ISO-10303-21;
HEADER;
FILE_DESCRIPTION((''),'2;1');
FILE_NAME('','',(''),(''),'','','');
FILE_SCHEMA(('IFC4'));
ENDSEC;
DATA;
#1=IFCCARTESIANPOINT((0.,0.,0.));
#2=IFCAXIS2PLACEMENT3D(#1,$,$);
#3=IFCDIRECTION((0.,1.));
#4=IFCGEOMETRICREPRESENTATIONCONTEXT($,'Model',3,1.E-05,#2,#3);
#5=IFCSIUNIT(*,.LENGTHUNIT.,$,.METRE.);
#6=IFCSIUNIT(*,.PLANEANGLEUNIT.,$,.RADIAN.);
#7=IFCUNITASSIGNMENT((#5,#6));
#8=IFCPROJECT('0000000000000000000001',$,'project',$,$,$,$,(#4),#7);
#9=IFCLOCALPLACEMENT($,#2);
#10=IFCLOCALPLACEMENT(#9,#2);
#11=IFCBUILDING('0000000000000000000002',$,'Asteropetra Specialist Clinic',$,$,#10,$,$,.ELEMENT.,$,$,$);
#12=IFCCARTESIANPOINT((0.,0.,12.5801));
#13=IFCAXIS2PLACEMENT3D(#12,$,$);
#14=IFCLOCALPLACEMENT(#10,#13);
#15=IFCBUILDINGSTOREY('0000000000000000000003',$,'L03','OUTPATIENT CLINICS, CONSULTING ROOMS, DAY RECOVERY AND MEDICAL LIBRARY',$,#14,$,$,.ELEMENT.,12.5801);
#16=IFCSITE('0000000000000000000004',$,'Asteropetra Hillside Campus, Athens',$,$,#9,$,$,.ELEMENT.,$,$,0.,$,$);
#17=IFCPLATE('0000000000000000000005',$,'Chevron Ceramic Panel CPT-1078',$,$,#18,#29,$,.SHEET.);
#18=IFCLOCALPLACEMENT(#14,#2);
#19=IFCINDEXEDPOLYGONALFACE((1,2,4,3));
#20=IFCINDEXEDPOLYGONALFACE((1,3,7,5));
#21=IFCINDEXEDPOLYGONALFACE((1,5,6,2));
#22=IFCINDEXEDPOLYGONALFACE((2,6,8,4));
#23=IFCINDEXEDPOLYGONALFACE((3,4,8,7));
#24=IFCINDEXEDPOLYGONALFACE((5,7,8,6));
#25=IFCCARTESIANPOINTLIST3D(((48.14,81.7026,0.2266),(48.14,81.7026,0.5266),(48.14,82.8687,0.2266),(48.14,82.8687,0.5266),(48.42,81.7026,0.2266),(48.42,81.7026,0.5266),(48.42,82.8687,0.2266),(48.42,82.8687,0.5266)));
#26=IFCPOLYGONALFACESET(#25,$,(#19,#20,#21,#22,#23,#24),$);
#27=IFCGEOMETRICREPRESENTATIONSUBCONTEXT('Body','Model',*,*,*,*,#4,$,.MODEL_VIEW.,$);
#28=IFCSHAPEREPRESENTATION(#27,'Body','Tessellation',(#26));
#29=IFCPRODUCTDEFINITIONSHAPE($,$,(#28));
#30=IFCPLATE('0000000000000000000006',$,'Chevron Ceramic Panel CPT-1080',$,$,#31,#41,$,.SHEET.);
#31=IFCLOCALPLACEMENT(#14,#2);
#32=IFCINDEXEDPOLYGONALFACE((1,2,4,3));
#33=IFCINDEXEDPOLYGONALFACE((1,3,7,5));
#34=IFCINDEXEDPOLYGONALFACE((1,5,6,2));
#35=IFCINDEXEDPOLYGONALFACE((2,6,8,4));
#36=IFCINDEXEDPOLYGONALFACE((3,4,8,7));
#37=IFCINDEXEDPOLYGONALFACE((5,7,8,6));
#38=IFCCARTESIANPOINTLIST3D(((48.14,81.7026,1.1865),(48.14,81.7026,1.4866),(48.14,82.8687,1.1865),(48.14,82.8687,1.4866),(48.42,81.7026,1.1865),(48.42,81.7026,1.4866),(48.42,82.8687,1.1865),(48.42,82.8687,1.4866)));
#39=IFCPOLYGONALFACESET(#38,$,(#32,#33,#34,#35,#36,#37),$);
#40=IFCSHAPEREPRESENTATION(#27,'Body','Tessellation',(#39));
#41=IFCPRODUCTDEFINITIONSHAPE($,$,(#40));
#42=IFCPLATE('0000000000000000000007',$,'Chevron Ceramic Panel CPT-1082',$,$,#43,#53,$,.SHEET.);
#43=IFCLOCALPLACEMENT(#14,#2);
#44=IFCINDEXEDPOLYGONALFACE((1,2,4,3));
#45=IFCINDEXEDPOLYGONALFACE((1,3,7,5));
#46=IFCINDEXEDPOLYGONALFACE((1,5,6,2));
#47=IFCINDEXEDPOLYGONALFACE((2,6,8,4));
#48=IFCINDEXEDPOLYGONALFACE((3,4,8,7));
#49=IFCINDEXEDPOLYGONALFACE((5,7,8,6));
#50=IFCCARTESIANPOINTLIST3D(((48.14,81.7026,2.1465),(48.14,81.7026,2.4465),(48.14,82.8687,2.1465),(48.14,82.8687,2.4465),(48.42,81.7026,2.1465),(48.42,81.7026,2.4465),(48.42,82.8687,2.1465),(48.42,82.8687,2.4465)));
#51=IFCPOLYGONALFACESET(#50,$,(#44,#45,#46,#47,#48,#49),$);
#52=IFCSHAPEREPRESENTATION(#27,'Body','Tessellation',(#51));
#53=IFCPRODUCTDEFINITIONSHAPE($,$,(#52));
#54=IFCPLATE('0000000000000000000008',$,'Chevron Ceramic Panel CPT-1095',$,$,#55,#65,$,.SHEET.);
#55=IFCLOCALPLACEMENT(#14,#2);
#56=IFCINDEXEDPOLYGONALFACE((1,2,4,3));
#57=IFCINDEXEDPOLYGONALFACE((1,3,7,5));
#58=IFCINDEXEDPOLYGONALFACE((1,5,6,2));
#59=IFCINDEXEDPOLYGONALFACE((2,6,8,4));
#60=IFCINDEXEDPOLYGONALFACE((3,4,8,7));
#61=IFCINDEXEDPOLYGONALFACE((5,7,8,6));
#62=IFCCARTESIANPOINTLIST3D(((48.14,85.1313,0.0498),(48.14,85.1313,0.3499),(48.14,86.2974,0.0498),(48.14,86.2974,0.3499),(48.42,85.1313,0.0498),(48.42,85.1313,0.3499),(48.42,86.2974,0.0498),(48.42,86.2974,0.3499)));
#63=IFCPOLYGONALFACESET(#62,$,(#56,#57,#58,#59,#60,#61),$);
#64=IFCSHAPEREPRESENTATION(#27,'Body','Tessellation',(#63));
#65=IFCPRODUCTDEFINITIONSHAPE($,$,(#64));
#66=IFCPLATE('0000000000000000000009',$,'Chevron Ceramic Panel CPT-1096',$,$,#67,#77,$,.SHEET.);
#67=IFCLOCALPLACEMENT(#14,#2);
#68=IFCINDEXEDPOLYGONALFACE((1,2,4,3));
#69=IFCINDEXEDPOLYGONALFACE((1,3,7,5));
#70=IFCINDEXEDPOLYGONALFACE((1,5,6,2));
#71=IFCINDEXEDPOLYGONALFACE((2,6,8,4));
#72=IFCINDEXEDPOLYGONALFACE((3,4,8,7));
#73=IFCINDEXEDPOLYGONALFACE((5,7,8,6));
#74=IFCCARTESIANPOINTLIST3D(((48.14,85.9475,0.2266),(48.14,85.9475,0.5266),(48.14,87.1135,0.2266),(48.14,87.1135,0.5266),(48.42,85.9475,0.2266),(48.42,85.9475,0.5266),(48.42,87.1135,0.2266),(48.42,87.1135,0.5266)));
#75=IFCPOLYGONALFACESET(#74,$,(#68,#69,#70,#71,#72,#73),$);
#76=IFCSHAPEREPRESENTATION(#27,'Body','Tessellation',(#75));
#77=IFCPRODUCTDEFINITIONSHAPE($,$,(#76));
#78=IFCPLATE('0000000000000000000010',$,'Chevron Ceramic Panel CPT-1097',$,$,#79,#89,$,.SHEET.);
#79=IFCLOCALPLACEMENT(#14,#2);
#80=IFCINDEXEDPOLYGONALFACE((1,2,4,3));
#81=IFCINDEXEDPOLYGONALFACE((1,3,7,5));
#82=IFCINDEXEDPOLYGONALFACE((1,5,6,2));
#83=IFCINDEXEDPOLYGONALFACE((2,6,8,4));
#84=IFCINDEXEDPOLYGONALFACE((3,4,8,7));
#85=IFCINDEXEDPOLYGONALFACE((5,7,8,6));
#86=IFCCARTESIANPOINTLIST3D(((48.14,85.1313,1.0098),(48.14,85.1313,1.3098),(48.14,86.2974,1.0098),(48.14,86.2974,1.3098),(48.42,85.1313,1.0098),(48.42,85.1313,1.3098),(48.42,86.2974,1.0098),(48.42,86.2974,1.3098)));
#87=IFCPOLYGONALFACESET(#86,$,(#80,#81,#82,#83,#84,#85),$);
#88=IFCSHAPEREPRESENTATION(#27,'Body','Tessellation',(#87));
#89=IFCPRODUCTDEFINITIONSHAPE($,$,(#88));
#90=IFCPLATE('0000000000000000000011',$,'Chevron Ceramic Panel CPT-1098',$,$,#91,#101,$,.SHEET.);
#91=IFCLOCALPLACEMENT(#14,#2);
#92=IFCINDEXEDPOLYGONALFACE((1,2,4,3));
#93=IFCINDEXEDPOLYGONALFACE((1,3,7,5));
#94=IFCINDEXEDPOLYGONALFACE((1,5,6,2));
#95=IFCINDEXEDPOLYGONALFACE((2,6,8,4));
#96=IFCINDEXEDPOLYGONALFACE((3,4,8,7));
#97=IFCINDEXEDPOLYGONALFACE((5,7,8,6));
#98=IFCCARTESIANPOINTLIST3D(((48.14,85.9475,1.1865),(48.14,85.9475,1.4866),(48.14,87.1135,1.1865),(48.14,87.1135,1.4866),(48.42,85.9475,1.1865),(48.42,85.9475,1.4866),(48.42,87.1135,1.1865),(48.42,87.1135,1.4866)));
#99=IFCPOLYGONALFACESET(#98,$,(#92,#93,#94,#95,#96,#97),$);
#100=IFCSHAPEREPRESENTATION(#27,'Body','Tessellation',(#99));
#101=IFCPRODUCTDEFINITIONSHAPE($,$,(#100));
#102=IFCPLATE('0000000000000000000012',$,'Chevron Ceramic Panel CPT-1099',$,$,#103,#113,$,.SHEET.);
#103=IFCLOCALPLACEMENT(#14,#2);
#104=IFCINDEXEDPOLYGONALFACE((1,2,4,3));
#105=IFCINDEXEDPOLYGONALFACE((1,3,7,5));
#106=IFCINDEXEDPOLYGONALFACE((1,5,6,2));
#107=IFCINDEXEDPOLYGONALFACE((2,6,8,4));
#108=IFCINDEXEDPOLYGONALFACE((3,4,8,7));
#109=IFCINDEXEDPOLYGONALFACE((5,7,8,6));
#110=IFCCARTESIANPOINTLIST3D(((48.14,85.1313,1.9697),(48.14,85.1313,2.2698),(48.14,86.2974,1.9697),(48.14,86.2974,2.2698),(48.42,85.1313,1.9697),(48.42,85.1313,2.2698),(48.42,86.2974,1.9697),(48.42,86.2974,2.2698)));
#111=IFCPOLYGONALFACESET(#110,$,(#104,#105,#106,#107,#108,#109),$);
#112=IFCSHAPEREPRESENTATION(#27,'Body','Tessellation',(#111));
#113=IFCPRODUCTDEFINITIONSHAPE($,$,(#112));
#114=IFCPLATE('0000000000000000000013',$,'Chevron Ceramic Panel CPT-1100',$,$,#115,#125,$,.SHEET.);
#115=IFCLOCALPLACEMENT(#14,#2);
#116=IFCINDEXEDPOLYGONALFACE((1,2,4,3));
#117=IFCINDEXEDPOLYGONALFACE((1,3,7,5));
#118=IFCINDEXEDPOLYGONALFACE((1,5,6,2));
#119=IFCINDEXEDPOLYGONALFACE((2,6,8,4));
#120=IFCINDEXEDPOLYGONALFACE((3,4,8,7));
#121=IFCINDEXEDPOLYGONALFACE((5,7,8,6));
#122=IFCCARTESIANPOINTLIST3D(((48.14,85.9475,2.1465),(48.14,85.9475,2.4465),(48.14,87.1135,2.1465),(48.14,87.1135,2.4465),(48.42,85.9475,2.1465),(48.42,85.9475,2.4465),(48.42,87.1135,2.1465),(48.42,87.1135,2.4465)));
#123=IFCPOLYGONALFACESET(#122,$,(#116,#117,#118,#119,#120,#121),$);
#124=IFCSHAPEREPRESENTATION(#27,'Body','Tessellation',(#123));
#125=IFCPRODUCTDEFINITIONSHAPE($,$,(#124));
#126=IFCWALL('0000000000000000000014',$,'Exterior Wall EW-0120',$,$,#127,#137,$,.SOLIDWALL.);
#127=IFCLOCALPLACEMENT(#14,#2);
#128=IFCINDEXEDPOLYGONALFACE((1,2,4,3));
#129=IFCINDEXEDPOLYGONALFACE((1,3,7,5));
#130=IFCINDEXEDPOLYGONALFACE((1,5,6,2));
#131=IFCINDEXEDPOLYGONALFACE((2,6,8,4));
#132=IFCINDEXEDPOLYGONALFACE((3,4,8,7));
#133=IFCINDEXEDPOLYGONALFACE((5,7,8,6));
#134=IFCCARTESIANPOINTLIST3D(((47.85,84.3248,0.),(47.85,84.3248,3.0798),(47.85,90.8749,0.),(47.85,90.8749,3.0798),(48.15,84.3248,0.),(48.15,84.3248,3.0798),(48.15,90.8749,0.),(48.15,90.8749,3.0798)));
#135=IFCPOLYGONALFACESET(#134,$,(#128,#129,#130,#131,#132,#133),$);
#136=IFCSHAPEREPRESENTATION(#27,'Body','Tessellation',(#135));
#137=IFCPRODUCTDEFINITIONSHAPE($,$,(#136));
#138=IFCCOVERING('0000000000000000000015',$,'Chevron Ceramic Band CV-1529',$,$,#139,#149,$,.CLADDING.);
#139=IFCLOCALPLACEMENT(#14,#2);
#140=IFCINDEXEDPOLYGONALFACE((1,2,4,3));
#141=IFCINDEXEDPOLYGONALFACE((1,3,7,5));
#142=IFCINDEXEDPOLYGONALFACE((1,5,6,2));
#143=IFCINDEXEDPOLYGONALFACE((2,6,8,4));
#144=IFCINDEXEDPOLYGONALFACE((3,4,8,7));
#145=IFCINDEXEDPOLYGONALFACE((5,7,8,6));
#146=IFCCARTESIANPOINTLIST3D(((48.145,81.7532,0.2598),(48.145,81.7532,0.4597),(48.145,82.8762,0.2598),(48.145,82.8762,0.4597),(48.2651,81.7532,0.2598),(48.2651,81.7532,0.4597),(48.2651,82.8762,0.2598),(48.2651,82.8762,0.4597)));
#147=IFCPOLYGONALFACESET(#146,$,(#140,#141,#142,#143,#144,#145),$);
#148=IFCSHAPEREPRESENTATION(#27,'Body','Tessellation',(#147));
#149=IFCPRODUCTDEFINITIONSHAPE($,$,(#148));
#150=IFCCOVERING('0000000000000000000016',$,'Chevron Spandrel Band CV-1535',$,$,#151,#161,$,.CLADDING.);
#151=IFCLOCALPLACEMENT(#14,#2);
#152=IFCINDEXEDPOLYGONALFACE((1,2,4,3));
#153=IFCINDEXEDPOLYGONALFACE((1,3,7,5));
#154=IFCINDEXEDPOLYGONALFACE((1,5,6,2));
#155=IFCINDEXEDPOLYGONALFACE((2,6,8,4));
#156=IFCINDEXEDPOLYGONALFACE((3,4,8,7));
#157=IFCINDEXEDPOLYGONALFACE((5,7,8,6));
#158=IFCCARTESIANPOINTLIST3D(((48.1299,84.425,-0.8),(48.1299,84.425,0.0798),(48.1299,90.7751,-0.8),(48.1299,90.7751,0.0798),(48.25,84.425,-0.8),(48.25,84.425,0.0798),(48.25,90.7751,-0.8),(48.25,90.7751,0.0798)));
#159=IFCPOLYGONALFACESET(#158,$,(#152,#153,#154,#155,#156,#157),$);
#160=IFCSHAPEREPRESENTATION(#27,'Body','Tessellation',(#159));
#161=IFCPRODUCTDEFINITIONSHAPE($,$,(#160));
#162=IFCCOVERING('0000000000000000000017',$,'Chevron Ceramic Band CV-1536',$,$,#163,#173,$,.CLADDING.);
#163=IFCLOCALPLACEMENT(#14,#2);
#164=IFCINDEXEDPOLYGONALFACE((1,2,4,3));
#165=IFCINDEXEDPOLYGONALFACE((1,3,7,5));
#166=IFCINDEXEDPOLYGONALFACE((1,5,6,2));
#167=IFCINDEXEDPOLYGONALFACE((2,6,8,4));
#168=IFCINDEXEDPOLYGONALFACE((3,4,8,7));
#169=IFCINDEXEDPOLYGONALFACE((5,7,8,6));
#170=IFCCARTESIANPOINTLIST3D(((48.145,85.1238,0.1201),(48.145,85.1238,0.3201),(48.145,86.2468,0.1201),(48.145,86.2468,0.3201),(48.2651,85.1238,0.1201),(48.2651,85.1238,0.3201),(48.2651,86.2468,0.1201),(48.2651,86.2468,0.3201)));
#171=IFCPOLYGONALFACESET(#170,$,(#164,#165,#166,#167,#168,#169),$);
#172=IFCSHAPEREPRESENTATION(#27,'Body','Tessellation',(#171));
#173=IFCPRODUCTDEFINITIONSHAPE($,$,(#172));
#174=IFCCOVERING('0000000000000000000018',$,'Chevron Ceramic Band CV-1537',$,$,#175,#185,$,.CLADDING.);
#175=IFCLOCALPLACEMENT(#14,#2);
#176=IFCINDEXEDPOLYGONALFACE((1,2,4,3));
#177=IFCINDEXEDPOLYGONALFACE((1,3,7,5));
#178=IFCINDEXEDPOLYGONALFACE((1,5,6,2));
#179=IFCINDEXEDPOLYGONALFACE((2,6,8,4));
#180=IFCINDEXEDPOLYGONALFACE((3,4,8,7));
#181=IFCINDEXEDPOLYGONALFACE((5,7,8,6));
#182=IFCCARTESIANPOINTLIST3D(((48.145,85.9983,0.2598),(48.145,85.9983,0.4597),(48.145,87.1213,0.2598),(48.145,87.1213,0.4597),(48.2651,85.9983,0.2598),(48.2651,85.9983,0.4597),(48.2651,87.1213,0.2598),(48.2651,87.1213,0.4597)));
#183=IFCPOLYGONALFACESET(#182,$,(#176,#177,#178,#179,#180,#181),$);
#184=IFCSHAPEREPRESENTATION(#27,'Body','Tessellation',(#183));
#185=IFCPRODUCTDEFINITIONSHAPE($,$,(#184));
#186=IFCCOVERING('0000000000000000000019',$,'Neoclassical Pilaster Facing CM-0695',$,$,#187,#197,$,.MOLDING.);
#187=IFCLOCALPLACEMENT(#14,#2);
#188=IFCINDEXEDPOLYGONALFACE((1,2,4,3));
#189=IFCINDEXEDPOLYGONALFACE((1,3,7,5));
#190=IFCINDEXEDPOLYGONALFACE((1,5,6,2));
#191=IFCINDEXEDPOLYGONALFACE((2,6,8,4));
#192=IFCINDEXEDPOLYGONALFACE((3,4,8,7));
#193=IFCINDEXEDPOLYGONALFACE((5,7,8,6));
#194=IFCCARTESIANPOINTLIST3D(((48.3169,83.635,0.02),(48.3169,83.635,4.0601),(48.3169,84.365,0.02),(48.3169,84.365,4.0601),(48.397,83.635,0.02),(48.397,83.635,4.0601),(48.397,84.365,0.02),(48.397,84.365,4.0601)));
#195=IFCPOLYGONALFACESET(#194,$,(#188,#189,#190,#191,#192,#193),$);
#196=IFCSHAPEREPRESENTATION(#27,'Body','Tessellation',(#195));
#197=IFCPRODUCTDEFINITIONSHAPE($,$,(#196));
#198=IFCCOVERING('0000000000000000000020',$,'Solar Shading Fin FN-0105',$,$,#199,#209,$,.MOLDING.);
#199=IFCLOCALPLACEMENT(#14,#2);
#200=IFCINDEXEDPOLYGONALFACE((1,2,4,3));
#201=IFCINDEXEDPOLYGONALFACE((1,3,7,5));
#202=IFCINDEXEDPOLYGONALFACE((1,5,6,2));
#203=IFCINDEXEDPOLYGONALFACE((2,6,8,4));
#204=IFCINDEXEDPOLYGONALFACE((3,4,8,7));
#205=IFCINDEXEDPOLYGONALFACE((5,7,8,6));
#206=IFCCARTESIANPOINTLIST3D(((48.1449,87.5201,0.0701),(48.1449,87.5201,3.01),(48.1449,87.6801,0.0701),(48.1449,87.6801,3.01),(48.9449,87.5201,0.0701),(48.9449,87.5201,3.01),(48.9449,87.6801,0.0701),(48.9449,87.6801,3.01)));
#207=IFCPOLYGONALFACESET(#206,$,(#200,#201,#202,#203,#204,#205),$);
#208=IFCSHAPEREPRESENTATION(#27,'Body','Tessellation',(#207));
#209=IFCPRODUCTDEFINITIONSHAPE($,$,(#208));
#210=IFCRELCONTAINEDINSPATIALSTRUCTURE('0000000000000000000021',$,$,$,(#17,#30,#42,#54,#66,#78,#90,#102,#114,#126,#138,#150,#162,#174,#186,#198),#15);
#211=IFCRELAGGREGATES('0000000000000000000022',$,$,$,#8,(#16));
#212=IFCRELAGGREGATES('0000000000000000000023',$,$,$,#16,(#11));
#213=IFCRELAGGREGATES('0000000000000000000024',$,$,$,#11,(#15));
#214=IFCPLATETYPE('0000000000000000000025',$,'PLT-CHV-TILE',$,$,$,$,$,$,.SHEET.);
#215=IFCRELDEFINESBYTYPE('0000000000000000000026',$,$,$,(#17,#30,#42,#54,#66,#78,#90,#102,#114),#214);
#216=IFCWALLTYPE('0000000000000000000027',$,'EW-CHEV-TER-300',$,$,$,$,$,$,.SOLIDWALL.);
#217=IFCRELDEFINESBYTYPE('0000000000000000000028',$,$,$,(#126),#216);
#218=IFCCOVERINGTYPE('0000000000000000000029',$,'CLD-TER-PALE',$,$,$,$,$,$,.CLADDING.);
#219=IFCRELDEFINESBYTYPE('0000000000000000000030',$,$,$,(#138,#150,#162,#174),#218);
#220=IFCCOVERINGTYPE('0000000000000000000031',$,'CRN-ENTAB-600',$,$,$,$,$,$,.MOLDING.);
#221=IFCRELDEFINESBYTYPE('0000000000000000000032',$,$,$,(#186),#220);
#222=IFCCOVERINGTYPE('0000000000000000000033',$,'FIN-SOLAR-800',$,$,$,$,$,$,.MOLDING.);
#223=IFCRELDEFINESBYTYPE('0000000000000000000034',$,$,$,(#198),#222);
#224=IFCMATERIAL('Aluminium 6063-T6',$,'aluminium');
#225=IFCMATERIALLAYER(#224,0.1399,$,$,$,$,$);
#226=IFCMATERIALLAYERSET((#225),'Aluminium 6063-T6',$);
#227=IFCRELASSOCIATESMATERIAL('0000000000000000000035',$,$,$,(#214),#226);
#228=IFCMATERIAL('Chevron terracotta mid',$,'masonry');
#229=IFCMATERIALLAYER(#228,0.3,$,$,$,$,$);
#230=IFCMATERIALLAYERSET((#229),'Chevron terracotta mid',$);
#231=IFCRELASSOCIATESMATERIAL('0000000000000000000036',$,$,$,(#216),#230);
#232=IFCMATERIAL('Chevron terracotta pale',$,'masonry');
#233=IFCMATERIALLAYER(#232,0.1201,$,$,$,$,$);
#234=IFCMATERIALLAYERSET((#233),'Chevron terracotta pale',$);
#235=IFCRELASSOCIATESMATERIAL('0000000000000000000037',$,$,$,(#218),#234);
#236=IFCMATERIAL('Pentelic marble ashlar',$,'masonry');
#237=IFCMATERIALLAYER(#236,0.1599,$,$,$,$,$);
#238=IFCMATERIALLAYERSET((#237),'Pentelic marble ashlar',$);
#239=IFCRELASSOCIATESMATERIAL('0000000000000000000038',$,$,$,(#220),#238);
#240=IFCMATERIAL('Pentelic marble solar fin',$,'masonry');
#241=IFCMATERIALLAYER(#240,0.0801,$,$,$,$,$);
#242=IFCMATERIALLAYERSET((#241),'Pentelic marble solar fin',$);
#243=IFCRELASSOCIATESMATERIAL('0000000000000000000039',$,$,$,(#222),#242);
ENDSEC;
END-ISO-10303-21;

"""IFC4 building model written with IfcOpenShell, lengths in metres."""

from ifc_helpers import new_model, si_unit, direction, frame, frame_2d, origin, origin_2d, place, context, subcontext, project, spatial, rectangle, extrude, material, layer, layer_set, type_object, element, save


model = new_model("IFC4")

# Units and contexts
model_context = context("Model", 3, precision=1e-05, world=origin(), true_north=direction((0.0, 1.0)))
body_context = subcontext(model_context, "Body", "Model", "MODEL_VIEW")
ifc_project = project(units=[si_unit("LENGTHUNIT", "METRE"), si_unit("PLANEANGLEUNIT", "RADIAN")], contexts=[model_context])

# Site, building, storey
site_placement = place(None, origin())
site = spatial("IfcSite", under=ifc_project, at=site_placement, Name="Asteropetra Hillside Campus, Athens", CompositionType="ELEMENT", RefElevation=0.0)
building_placement = place(site_placement, origin())
building = spatial("IfcBuilding", under=site, at=building_placement, Name="Asteropetra Specialist Clinic", CompositionType="ELEMENT")
storey_placement = place(building_placement, frame((0.0, 0.0, 12.5801)))
storey = spatial("IfcBuildingStorey", under=building, at=storey_placement, Name="L03", Description="OUTPATIENT CLINICS, CONSULTING ROOMS, DAY RECOVERY AND MEDICAL LIBRARY", CompositionType="ELEMENT", Elevation=12.5801)

# Plates
ifc_material_1 = material(Name="Aluminium 6063-T6", Category="aluminium")
ifc_layer_1 = layer(ifc_material_1, 0.1399)
ifc_layer_set_1 = layer_set([ifc_layer_1], Name="Aluminium 6063-T6")
plate_type_1 = type_object("IfcPlateType", Name="PLT-CHV-TILE", PredefinedType="SHEET", material=ifc_layer_set_1)
for number, where, z_axis, x_axis, name in (
    (1, (48.28, 82.2856, 0.2266), (0.0, 0.0, 1.0), (1.0, 0.0, 0.0), "Chevron Ceramic Panel CPT-1078"),
    (2, (48.28, 82.2856, 1.1865), (0.0, 0.0, 1.0), (1.0, 0.0, 0.0), "Chevron Ceramic Panel CPT-1080"),
    (3, (48.28, 82.2856, 2.1465), (0.0, 0.0, 1.0), (1.0, 0.0, 0.0), "Chevron Ceramic Panel CPT-1082"),
    (4, (48.28, 85.7144, 0.0498), (0.0, 0.0, 1.0), (1.0, 0.0, 0.0), "Chevron Ceramic Panel CPT-1095"),
    (5, (48.28, 86.5305, 0.2266), (0.0, 0.0, 1.0), (1.0, 0.0, 0.0), "Chevron Ceramic Panel CPT-1096"),
    (6, (48.28, 85.7144, 1.0098), (0.0, 0.0, 1.0), (1.0, 0.0, 0.0), "Chevron Ceramic Panel CPT-1097"),
    (7, (48.28, 86.5305, 1.1865), (0.0, 0.0, 1.0), (1.0, 0.0, 0.0), "Chevron Ceramic Panel CPT-1098"),
    (8, (48.28, 85.7144, 1.9697), (0.0, 0.0, 1.0), (1.0, 0.0, 0.0), "Chevron Ceramic Panel CPT-1099"),
    (9, (48.28, 86.5305, 2.1465), (0.0, 0.0, 1.0), (1.0, 0.0, 0.0), "Chevron Ceramic Panel CPT-1100"),
):
    element("IfcPlate", number, at=place(storey_placement, frame(where, z_axis=z_axis, x_axis=x_axis)), inside=storey, type_object=plate_type_1, Name=name, PredefinedType="SHEET", context=body_context, shape_type="SweptSolid", body=[
        extrude(rectangle(XDim=0.28, YDim=1.166, at=origin_2d()), origin(), (0.0, 0.0, 1.0), 0.3),
    ])

# Wall
ifc_material_2 = material(Name="Chevron terracotta mid", Category="masonry")
ifc_layer_2 = layer(ifc_material_2, 0.3)
ifc_layer_set_2 = layer_set([ifc_layer_2], Name="Chevron terracotta mid")
wall_type = type_object("IfcWallType", Name="EW-CHEV-TER-300", PredefinedType="SOLIDWALL", material=ifc_layer_set_2)
wall_placement = place(storey_placement, frame((48.0, 84.325, 0.0), z_axis=(0.0, 0.0, 1.0), x_axis=(0.0, 1.0, 0.0)))
element("IfcWall", 10, at=wall_placement, inside=storey, type_object=wall_type, Name="Exterior Wall EW-0120", PredefinedType="SOLIDWALL", context=body_context, shape_type="SweptSolid", body=[
    extrude(rectangle(XDim=6.55, YDim=0.3, at=frame_2d((3.2749, 0.0))), origin(), (0.0, 0.0, 1.0), 3.0798),
])

# Coverings
ifc_material_3 = material(Name="Chevron terracotta pale", Category="masonry")
ifc_layer_3 = layer(ifc_material_3, 0.1201)
ifc_layer_set_3 = layer_set([ifc_layer_3], Name="Chevron terracotta pale")
covering_type_1 = type_object("IfcCoveringType", Name="CLD-TER-PALE", PredefinedType="CLADDING", material=ifc_layer_set_3)
covering_1_placement = place(storey_placement, frame((48.2051, 82.3147, 0.2598), z_axis=(0.0, 0.0, 1.0), x_axis=(1.0, 0.0, 0.0)))
element("IfcCovering", 11, at=covering_1_placement, inside=storey, type_object=covering_type_1, Name="Chevron Ceramic Band CV-1529", PredefinedType="CLADDING", context=body_context, shape_type="SweptSolid", body=[
    extrude(rectangle(XDim=0.1201, YDim=1.123, at=origin_2d()), origin(), (0.0, 0.0, 1.0), 0.2),
])
covering_2_placement = place(storey_placement, frame((48.1899, 87.6001, -0.8), z_axis=(0.0, 0.0, 1.0), x_axis=(1.0, 0.0, 0.0)))
element("IfcCovering", 12, at=covering_2_placement, inside=storey, type_object=covering_type_1, Name="Chevron Spandrel Band CV-1535", PredefinedType="CLADDING", context=body_context, shape_type="SweptSolid", body=[
    extrude(rectangle(XDim=0.1201, YDim=6.3501, at=origin_2d()), origin(), (0.0, 0.0, 1.0), 0.8799),
])
for number, where, z_axis, x_axis, name in (
    (13, (48.2051, 85.6853, 0.1201), (0.0, 0.0, 1.0), (1.0, 0.0, 0.0), "Chevron Ceramic Band CV-1536"),
    (14, (48.2051, 86.5598, 0.2598), (0.0, 0.0, 1.0), (1.0, 0.0, 0.0), "Chevron Ceramic Band CV-1537"),
):
    element("IfcCovering", number, at=place(storey_placement, frame(where, z_axis=z_axis, x_axis=x_axis)), inside=storey, type_object=covering_type_1, Name=name, PredefinedType="CLADDING", context=body_context, shape_type="SweptSolid", body=[
        extrude(rectangle(XDim=0.1201, YDim=1.123, at=origin_2d()), origin(), (0.0, 0.0, 1.0), 0.2),
    ])
ifc_material_4 = material(Name="Pentelic marble ashlar", Category="masonry")
ifc_layer_4 = layer(ifc_material_4, 0.1599)
ifc_layer_set_4 = layer_set([ifc_layer_4], Name="Pentelic marble ashlar")
covering_type_2 = type_object("IfcCoveringType", Name="CRN-ENTAB-600", PredefinedType="MOLDING", material=ifc_layer_set_4)
covering_3_placement = place(storey_placement, frame((48.3569, 84.0, 0.02), z_axis=(0.0, 0.0, 1.0), x_axis=(1.0, 0.0, 0.0)))
element("IfcCovering", 15, at=covering_3_placement, inside=storey, type_object=covering_type_2, Name="Neoclassical Pilaster Facing CM-0695", PredefinedType="MOLDING", context=body_context, shape_type="SweptSolid", body=[
    extrude(rectangle(XDim=0.0801, YDim=0.73, at=origin_2d()), origin(), (0.0, 0.0, 1.0), 4.04),
])
ifc_material_5 = material(Name="Pentelic marble solar fin", Category="masonry")
ifc_layer_5 = layer(ifc_material_5, 0.0801)
ifc_layer_set_5 = layer_set([ifc_layer_5], Name="Pentelic marble solar fin")
covering_type_3 = type_object("IfcCoveringType", Name="FIN-SOLAR-800", PredefinedType="MOLDING", material=ifc_layer_set_5)
covering_4_placement = place(storey_placement, frame((48.5449, 87.6001, 0.0701), z_axis=(0.0, 0.0, 1.0), x_axis=(1.0, 0.0, 0.0)))
element("IfcCovering", 16, at=covering_4_placement, inside=storey, type_object=covering_type_3, Name="Solar Shading Fin FN-0105", PredefinedType="MOLDING", context=body_context, shape_type="SweptSolid", body=[
    extrude(rectangle(XDim=0.8, YDim=0.1599, at=origin_2d()), origin(), (0.0, 0.0, 1.0), 2.9399),
])

save(model, "model.ifc")
